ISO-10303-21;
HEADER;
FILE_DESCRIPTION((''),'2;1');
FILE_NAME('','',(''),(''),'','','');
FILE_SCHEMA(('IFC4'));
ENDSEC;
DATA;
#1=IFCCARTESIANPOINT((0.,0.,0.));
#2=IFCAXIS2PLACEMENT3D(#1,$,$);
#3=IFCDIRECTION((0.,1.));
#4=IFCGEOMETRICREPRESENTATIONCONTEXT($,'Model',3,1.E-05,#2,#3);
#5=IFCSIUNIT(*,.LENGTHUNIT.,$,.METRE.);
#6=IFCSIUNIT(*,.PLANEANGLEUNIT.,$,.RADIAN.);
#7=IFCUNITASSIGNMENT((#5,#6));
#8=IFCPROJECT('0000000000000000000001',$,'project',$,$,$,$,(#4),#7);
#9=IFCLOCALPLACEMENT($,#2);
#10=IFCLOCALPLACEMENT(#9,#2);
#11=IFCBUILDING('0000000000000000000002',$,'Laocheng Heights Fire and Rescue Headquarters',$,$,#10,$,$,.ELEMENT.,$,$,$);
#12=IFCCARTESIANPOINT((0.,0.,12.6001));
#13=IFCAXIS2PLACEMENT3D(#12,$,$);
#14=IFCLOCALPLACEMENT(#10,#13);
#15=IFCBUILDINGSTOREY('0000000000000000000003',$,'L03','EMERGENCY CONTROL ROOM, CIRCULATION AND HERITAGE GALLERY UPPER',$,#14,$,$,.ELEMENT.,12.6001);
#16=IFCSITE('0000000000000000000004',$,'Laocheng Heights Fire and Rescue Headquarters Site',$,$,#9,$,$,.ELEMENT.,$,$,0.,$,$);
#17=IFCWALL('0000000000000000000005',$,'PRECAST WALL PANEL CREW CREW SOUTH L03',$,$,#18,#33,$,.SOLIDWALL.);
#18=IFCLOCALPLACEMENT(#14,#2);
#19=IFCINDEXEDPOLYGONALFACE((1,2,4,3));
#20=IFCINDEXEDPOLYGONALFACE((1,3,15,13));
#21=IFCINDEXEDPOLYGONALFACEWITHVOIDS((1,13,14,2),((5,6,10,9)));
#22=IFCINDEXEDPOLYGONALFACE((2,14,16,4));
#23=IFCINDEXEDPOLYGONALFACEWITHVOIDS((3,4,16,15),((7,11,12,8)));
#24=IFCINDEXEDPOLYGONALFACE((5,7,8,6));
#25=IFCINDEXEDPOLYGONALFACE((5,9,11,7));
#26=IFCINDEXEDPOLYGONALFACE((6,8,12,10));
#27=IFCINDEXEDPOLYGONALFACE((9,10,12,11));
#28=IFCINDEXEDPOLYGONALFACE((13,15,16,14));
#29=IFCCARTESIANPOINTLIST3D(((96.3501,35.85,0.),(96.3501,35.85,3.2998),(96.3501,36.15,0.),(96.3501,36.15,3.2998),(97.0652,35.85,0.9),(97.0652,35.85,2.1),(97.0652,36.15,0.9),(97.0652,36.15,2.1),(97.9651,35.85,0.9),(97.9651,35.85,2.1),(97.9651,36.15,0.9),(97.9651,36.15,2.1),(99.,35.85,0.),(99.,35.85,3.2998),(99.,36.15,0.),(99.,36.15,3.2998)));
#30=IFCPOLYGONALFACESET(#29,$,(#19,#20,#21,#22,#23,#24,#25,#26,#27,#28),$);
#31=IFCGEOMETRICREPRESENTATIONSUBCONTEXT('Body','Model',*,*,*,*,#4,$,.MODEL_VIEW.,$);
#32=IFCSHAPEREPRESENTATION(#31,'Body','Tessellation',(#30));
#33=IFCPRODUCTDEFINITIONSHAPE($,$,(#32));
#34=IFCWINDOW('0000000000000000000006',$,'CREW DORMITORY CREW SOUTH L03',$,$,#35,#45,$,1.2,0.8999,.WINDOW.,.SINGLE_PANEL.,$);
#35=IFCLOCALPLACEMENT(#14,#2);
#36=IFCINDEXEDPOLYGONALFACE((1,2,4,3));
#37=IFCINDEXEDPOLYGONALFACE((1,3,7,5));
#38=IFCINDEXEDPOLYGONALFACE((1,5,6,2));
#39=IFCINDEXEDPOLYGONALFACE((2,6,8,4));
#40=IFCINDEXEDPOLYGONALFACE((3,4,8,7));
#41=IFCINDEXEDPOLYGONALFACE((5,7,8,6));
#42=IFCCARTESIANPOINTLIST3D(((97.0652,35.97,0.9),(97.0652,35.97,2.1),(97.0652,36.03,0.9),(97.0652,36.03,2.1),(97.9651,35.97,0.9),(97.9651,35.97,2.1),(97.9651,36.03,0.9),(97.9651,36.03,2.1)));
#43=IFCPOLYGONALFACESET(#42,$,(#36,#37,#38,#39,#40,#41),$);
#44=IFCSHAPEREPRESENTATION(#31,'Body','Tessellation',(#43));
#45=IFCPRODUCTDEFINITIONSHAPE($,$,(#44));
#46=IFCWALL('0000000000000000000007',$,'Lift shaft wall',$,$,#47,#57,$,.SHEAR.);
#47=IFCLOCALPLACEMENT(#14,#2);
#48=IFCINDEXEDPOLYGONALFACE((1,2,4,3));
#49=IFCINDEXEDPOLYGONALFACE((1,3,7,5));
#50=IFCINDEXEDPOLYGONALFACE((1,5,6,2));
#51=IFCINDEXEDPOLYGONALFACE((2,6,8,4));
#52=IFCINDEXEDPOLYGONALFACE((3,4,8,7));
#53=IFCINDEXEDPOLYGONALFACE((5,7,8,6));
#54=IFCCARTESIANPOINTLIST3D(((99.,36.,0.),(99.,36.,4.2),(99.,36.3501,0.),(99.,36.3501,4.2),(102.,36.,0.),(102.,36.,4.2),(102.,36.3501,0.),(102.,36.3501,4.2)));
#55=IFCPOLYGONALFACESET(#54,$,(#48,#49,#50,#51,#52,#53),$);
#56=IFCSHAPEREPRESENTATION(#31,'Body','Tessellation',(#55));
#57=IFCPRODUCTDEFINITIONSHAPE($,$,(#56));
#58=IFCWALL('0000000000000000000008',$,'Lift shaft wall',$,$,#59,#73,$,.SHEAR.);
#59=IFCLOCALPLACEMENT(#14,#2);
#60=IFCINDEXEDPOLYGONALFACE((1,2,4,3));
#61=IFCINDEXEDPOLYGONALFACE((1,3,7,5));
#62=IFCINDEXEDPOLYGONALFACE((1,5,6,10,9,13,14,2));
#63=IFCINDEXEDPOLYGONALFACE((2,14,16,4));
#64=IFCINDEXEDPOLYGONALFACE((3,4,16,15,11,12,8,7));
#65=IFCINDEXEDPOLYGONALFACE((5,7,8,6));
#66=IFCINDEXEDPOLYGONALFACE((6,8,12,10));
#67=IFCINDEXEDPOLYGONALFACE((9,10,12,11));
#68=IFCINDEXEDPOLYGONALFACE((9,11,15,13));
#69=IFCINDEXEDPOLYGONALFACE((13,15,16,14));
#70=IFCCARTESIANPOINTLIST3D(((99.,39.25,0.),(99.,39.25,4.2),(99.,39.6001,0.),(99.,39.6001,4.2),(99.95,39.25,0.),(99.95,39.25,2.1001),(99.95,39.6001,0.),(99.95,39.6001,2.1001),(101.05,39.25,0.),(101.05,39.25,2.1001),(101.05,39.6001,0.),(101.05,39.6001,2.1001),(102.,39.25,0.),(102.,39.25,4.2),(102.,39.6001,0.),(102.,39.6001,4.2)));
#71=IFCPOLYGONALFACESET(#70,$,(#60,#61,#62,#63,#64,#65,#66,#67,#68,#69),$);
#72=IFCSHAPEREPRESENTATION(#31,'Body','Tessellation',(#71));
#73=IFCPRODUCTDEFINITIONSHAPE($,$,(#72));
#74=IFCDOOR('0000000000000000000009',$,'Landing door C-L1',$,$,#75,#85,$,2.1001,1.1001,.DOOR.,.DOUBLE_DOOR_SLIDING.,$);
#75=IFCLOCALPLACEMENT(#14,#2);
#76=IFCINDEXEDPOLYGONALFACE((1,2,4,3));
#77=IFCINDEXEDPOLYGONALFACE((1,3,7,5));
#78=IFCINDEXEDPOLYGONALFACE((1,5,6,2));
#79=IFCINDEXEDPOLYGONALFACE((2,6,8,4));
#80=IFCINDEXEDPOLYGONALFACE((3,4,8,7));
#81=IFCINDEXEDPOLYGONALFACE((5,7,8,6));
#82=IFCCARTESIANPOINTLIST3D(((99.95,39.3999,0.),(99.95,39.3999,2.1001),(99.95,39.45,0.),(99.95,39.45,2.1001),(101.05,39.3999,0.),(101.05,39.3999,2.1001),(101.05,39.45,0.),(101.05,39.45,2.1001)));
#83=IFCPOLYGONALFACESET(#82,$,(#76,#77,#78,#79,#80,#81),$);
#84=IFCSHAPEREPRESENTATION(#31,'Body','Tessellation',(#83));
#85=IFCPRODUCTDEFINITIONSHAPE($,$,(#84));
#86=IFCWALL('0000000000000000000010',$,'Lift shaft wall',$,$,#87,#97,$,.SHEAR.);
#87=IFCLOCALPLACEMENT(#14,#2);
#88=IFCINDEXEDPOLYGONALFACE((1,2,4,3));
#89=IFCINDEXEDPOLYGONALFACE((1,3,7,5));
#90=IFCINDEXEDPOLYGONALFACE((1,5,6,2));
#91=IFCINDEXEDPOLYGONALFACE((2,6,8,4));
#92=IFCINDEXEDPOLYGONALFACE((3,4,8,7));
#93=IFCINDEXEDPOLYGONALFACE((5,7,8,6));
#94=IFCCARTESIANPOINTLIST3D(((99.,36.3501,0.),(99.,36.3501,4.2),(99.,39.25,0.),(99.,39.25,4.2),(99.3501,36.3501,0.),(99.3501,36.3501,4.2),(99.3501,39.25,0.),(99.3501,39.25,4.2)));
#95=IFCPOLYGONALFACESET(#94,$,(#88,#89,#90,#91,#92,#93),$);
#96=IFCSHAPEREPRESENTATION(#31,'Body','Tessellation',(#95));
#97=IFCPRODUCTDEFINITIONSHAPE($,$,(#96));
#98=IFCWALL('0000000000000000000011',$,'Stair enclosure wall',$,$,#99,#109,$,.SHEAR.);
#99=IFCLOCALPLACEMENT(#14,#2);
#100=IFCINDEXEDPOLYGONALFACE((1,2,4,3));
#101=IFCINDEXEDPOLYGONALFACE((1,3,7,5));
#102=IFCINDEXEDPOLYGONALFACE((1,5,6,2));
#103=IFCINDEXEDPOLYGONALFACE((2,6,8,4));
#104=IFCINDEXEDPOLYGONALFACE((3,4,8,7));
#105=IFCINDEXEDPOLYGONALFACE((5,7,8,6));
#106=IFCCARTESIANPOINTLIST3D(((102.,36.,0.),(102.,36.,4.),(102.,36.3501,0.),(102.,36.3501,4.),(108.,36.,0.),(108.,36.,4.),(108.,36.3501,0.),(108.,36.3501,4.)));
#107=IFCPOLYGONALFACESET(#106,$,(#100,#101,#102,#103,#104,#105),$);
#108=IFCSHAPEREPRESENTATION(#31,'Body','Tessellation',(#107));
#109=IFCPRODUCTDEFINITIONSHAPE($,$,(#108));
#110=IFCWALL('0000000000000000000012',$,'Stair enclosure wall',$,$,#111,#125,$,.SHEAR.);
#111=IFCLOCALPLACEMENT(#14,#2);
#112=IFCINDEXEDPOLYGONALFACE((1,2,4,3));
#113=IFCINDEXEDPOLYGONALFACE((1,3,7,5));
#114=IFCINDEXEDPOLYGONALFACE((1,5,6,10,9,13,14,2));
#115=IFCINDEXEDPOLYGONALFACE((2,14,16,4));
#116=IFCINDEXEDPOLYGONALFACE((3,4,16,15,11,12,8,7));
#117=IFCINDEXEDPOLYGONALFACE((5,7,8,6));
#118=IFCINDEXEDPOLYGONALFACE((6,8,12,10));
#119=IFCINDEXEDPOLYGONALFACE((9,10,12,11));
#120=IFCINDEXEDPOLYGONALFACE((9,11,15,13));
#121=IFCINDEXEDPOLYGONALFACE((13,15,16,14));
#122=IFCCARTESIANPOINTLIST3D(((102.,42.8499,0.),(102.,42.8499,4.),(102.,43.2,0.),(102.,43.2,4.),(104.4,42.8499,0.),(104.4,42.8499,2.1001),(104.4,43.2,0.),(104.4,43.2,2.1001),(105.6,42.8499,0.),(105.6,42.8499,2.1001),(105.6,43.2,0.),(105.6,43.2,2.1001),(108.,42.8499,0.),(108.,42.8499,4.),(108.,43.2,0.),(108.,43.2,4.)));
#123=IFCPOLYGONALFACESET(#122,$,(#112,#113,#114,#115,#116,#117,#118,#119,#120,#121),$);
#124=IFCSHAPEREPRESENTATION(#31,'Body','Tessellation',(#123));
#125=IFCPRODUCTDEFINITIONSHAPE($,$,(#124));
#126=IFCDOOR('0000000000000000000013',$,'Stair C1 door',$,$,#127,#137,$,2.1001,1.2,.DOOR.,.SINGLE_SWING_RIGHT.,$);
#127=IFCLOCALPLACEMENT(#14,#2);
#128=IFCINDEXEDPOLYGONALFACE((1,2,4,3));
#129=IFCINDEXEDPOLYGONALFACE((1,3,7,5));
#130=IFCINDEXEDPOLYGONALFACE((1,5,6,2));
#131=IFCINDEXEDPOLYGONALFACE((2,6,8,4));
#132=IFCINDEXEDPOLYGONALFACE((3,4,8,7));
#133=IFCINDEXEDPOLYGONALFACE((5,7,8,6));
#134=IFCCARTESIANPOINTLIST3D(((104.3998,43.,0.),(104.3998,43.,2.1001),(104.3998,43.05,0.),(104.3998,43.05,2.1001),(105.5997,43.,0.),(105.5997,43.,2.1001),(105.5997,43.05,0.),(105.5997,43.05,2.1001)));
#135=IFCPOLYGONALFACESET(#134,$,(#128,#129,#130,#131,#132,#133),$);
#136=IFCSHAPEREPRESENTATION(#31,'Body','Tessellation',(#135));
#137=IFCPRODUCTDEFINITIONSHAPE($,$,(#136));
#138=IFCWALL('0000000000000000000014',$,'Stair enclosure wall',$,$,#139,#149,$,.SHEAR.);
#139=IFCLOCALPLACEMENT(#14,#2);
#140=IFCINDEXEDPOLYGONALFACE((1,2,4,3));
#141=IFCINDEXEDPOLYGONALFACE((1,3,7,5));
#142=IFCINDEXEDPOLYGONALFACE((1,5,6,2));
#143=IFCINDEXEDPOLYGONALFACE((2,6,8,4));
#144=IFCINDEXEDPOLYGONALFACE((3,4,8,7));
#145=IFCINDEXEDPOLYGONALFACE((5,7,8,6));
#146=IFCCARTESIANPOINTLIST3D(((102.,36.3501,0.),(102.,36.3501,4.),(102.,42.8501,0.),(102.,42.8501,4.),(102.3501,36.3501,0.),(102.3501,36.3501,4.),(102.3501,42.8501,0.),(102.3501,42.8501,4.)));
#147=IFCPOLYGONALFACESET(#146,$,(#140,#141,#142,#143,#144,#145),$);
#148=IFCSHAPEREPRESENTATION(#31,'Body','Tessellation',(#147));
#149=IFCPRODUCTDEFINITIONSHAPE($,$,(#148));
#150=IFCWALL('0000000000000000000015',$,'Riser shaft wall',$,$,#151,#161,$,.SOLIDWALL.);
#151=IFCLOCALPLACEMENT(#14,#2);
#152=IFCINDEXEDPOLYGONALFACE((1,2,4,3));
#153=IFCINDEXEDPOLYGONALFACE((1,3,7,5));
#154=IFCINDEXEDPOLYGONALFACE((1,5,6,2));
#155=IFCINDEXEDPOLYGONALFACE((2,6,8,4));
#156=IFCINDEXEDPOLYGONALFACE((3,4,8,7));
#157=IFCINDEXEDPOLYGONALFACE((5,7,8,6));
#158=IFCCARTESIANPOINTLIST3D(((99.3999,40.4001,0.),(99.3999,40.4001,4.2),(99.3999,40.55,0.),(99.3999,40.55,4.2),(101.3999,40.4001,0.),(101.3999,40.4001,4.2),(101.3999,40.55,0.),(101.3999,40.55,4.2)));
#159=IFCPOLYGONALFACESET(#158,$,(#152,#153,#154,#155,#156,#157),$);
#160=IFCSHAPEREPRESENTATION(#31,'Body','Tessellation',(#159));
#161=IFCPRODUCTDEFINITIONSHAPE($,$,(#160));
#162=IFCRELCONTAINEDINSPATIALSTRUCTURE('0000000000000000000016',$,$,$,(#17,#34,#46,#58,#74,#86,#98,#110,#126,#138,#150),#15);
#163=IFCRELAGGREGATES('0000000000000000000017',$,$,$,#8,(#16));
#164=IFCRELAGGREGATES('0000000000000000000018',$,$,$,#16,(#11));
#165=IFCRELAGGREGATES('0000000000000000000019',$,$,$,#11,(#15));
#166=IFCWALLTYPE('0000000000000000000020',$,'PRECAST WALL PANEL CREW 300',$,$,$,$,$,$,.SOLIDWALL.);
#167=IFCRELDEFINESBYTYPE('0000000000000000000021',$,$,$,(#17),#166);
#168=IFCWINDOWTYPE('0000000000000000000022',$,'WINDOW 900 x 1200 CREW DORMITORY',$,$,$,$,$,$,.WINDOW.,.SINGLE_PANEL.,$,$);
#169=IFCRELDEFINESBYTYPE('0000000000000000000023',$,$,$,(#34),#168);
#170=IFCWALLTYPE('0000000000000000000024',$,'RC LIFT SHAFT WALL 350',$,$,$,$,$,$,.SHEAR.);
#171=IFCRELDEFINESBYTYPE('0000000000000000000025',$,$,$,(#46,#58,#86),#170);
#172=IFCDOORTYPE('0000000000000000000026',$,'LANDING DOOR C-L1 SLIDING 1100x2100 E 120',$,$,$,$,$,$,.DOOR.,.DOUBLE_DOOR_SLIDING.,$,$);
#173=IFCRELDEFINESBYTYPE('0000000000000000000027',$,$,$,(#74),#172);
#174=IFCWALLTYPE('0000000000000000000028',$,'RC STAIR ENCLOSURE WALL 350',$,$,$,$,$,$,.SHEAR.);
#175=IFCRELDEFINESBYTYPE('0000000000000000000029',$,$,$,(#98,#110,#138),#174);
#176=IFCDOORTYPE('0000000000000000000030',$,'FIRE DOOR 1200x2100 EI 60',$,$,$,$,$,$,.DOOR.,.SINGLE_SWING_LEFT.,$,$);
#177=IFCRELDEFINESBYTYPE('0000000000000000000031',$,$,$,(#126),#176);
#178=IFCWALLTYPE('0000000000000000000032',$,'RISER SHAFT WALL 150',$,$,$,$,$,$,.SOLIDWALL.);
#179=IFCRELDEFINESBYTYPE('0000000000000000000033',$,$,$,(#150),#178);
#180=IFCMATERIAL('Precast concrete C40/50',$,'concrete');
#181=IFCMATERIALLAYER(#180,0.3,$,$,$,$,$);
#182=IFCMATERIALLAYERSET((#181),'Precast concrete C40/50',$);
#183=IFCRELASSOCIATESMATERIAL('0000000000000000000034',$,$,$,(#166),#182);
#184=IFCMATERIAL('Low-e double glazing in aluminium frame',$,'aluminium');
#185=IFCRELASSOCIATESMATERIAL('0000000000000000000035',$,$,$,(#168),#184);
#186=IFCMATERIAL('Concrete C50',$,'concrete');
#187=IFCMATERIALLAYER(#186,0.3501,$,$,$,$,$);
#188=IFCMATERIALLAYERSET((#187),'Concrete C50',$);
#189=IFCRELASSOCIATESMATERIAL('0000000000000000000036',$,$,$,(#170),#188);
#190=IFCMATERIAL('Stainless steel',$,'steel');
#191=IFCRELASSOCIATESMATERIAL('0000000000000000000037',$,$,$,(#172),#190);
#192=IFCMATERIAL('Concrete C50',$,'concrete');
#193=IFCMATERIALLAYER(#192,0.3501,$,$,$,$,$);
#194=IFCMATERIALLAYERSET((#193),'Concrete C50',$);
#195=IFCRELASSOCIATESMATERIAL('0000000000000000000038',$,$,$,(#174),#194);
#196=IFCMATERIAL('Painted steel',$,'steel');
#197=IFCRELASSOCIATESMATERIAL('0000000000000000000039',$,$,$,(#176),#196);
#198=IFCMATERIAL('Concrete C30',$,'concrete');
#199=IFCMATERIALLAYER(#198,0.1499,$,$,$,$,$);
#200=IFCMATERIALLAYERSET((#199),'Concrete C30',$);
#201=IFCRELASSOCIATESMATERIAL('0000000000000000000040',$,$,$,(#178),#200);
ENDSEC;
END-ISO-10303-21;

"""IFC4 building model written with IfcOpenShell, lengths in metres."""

from ifc_helpers import new_model, si_unit, direction, frame, frame_2d, origin, place, context, subcontext, project, spatial, rectangle, extrude, material, layer, layer_set, type_object, element, fill, save


model = new_model("IFC4")

# Units and contexts
model_context = context("Model", 3, precision=1e-05, world=origin(), true_north=direction((0.0, 1.0)))
body_context = subcontext(model_context, "Body", "Model", "MODEL_VIEW")
ifc_project = project(units=[si_unit("LENGTHUNIT", "METRE"), si_unit("PLANEANGLEUNIT", "RADIAN")], contexts=[model_context])

# Site, building, storey
site_placement = place(None, origin())
site = spatial("IfcSite", under=ifc_project, at=site_placement, Name="Laocheng Heights Fire and Rescue Headquarters Site", CompositionType="ELEMENT", RefElevation=0.0)
building_placement = place(site_placement, origin())
building = spatial("IfcBuilding", under=site, at=building_placement, Name="Laocheng Heights Fire and Rescue Headquarters", CompositionType="ELEMENT")
storey_placement = place(building_placement, frame((0.0, 0.0, 12.6001)))
storey = spatial("IfcBuildingStorey", under=building, at=storey_placement, Name="L03", Description="EMERGENCY CONTROL ROOM, CIRCULATION AND HERITAGE GALLERY UPPER", CompositionType="ELEMENT", Elevation=12.6001)

# Wall, opening, window
ifc_material_1 = material(Name="Precast concrete C40/50", Category="concrete")
ifc_layer_1 = layer(ifc_material_1, 0.3)
ifc_layer_set_1 = layer_set([ifc_layer_1], Name="Precast concrete C40/50")
wall_type_1 = type_object("IfcWallType", Name="PRECAST WALL PANEL CREW 300", PredefinedType="SOLIDWALL", material=ifc_layer_set_1)
wall_1_placement = place(storey_placement, frame((96.3501, 36.0, 0.0), z_axis=(0.0, 0.0, 1.0), x_axis=(1.0, 0.0, 0.0)))
wall_1 = element("IfcWall", 1, at=wall_1_placement, inside=storey, type_object=wall_type_1, Name="PRECAST WALL PANEL CREW CREW SOUTH L03", PredefinedType="SOLIDWALL", context=body_context, shape_type="SweptSolid", body=[
    extrude(rectangle(XDim=2.6499, YDim=0.3, at=frame_2d((1.325, 0.0))), origin(), (0.0, 0.0, 1.0), 3.2998),
])
opening_1_placement = place(wall_1_placement, frame((0.7151, 0.0, 0.8999)))
opening_1 = element("IfcOpeningElement", 2, at=opening_1_placement, cuts=wall_1, PredefinedType="OPENING", context=body_context, shape_type="SweptSolid", body=[
    extrude(rectangle(XDim=0.8999, YDim=1.2, at=frame_2d((0.45, 0.6001))), frame((0.0, 0.1599, 0.0), z_axis=(0.0, -1.0, 0.0), x_axis=(1.0, 0.0, 0.0)), (0.0, 0.0, 1.0), 0.3201),
])
ifc_material_2 = material(Name="Low-e double glazing in aluminium frame", Category="aluminium")
window_type = type_object("IfcWindowType", Name="WINDOW 900 x 1200 CREW DORMITORY", PartitioningType="SINGLE_PANEL", PredefinedType="WINDOW", material=ifc_material_2)
window_placement = place(opening_1_placement, origin())
window = element("IfcWindow", 3, at=window_placement, inside=storey, type_object=window_type, Name="CREW DORMITORY CREW SOUTH L03", OverallHeight=1.2, OverallWidth=0.8999, PartitioningType="SINGLE_PANEL", PredefinedType="WINDOW", context=body_context, shape_type="SweptSolid", body=[
    extrude(rectangle(XDim=0.8999, YDim=1.2, at=frame_2d((0.45, 0.6001))), frame((0.0, 0.03, 0.0), z_axis=(0.0, -1.0, 0.0), x_axis=(1.0, 0.0, 0.0)), (0.0, 0.0, 1.0), 0.0601),
])
fill(opening_1, window)

# Wall
ifc_material_3 = material(Name="Concrete C50", Category="concrete")
ifc_layer_2 = layer(ifc_material_3, 0.3501)
ifc_layer_set_2 = layer_set([ifc_layer_2], Name="Concrete C50")
wall_type_2 = type_object("IfcWallType", Name="RC LIFT SHAFT WALL 350", PredefinedType="SHEAR", material=ifc_layer_set_2)
wall_2_placement = place(storey_placement, frame((99.0, 36.175, 0.0), z_axis=(0.0, 0.0, 1.0), x_axis=(1.0, 0.0, 0.0)))
element("IfcWall", 4, at=wall_2_placement, inside=storey, type_object=wall_type_2, Name="Lift shaft wall", PredefinedType="SHEAR", context=body_context, shape_type="SweptSolid", body=[
    extrude(rectangle(XDim=3.0, YDim=0.3501, at=frame_2d((1.5, 0.0))), origin(), (0.0, 0.0, 1.0), 4.2),
])

# Wall, opening, door
wall_3_placement = place(storey_placement, frame((99.0, 39.425, 0.0), z_axis=(0.0, 0.0, 1.0), x_axis=(1.0, 0.0, 0.0)))
wall_3 = element("IfcWall", 5, at=wall_3_placement, inside=storey, type_object=wall_type_2, Name="Lift shaft wall", PredefinedType="SHEAR", context=body_context, shape_type="SweptSolid", body=[
    extrude(rectangle(XDim=3.0, YDim=0.3501, at=frame_2d((1.5, 0.0))), origin(), (0.0, 0.0, 1.0), 4.2),
])
opening_2_placement = place(wall_3_placement, frame((0.95, 0.0, 0.0)))
opening_2 = element("IfcOpeningElement", 6, at=opening_2_placement, cuts=wall_3, PredefinedType="OPENING", context=body_context, shape_type="SweptSolid", body=[
    extrude(rectangle(XDim=1.1001, YDim=2.1001, at=frame_2d((0.55, 1.05))), frame((0.0, 0.1851, 0.0), z_axis=(0.0, -1.0, 0.0), x_axis=(1.0, 0.0, 0.0)), (0.0, 0.0, 1.0), 0.3701),
])
ifc_material_4 = material(Name="Stainless steel", Category="steel")
door_type_1 = type_object("IfcDoorType", Name="LANDING DOOR C-L1 SLIDING 1100x2100 E 120", OperationType="DOUBLE_DOOR_SLIDING", PredefinedType="DOOR", material=ifc_material_4)
door_1_placement = place(opening_2_placement, origin())
door_1 = element("IfcDoor", 7, at=door_1_placement, inside=storey, type_object=door_type_1, Name="Landing door C-L1", OperationType="DOUBLE_DOOR_SLIDING", OverallHeight=2.1001, OverallWidth=1.1001, PredefinedType="DOOR", context=body_context, shape_type="SweptSolid", body=[
    extrude(rectangle(XDim=1.1001, YDim=2.1001, at=frame_2d((0.55, 1.05))), frame((0.0, 0.0249, 0.0), z_axis=(0.0, -1.0, 0.0), x_axis=(1.0, 0.0, 0.0)), (0.0, 0.0, 1.0), 0.05),
])
fill(opening_2, door_1)

# Walls
wall_4_placement = place(storey_placement, frame((99.175, 36.3501, 0.0), z_axis=(0.0, 0.0, 1.0), x_axis=(0.0, 1.0, 0.0)))
element("IfcWall", 8, at=wall_4_placement, inside=storey, type_object=wall_type_2, Name="Lift shaft wall", PredefinedType="SHEAR", context=body_context, shape_type="SweptSolid", body=[
    extrude(rectangle(XDim=2.8999, YDim=0.3501, at=frame_2d((1.45, 0.0))), origin(), (0.0, 0.0, 1.0), 4.2),
])
ifc_material_5 = material(Name="Concrete C50", Category="concrete")
ifc_layer_3 = layer(ifc_material_5, 0.3501)
ifc_layer_set_3 = layer_set([ifc_layer_3], Name="Concrete C50")
wall_type_3 = type_object("IfcWallType", Name="RC STAIR ENCLOSURE WALL 350", PredefinedType="SHEAR", material=ifc_layer_set_3)
wall_5_placement = place(storey_placement, frame((102.0, 36.175, 0.0), z_axis=(0.0, 0.0, 1.0), x_axis=(1.0, 0.0, 0.0)))
element("IfcWall", 9, at=wall_5_placement, inside=storey, type_object=wall_type_3, Name="Stair enclosure wall", PredefinedType="SHEAR", context=body_context, shape_type="SweptSolid", body=[
    extrude(rectangle(XDim=6.0, YDim=0.3501, at=frame_2d((3.0, 0.0))), origin(), (0.0, 0.0, 1.0), 4.0),
])

# Wall, opening, door
wall_6_placement = place(storey_placement, frame((102.0, 43.0249, 0.0), z_axis=(0.0, 0.0, 1.0), x_axis=(1.0, 0.0, 0.0)))
wall_6 = element("IfcWall", 10, at=wall_6_placement, inside=storey, type_object=wall_type_3, Name="Stair enclosure wall", PredefinedType="SHEAR", context=body_context, shape_type="SweptSolid", body=[
    extrude(rectangle(XDim=6.0, YDim=0.3501, at=frame_2d((3.0, 0.0))), origin(), (0.0, 0.0, 1.0), 4.0),
])
opening_3_placement = place(wall_6_placement, frame((2.3999, 0.0, 0.0)))
opening_3 = element("IfcOpeningElement", 11, at=opening_3_placement, cuts=wall_6, PredefinedType="OPENING", context=body_context, shape_type="SweptSolid", body=[
    extrude(rectangle(XDim=1.2, YDim=2.1001, at=frame_2d((0.6001, 1.05))), frame((0.0, 0.1851, 0.0), z_axis=(0.0, -1.0, 0.0), x_axis=(1.0, 0.0, 0.0)), (0.0, 0.0, 1.0), 0.3701),
])
ifc_material_6 = material(Name="Painted steel", Category="steel")
door_type_2 = type_object("IfcDoorType", Name="FIRE DOOR 1200x2100 EI 60", OperationType="SINGLE_SWING_LEFT", PredefinedType="DOOR", material=ifc_material_6)
door_2_placement = place(opening_3_placement, frame((1.2, 0.0, 0.0), z_axis=(0.0, 0.0, 1.0), x_axis=(-1.0, 0.0, 0.0)))
door_2 = element("IfcDoor", 12, at=door_2_placement, inside=storey, type_object=door_type_2, Name="Stair C1 door", OperationType="SINGLE_SWING_RIGHT", OverallHeight=2.1001, OverallWidth=1.2, PredefinedType="DOOR", context=body_context, shape_type="SweptSolid", body=[
    extrude(rectangle(XDim=1.2, YDim=2.1001, at=frame_2d((0.6001, 1.05))), frame((0.0, 0.0249, 0.0), z_axis=(0.0, -1.0, 0.0), x_axis=(1.0, 0.0, 0.0)), (0.0, 0.0, 1.0), 0.05),
])
fill(opening_3, door_2)

# Walls
wall_7_placement = place(storey_placement, frame((102.175, 36.3501, 0.0), z_axis=(0.0, 0.0, 1.0), x_axis=(0.0, 1.0, 0.0)))
element("IfcWall", 13, at=wall_7_placement, inside=storey, type_object=wall_type_3, Name="Stair enclosure wall", PredefinedType="SHEAR", context=body_context, shape_type="SweptSolid", body=[
    extrude(rectangle(XDim=6.5, YDim=0.3501, at=frame_2d((3.25, 0.0))), origin(), (0.0, 0.0, 1.0), 4.0),
])
ifc_material_7 = material(Name="Concrete C30", Category="concrete")
ifc_layer_4 = layer(ifc_material_7, 0.1499)
ifc_layer_set_4 = layer_set([ifc_layer_4], Name="Concrete C30")
wall_type_4 = type_object("IfcWallType", Name="RISER SHAFT WALL 150", PredefinedType="SOLIDWALL", material=ifc_layer_set_4)
wall_8_placement = place(storey_placement, frame((99.3999, 40.4751, 0.0), z_axis=(0.0, 0.0, 1.0), x_axis=(1.0, 0.0, 0.0)))
element("IfcWall", 14, at=wall_8_placement, inside=storey, type_object=wall_type_4, Name="Riser shaft wall", PredefinedType="SOLIDWALL", context=body_context, shape_type="SweptSolid", body=[
    extrude(rectangle(XDim=2.0, YDim=0.1499, at=frame_2d((1.0, 0.0))), origin(), (0.0, 0.0, 1.0), 4.2),
])

save(model, "model.ifc")
